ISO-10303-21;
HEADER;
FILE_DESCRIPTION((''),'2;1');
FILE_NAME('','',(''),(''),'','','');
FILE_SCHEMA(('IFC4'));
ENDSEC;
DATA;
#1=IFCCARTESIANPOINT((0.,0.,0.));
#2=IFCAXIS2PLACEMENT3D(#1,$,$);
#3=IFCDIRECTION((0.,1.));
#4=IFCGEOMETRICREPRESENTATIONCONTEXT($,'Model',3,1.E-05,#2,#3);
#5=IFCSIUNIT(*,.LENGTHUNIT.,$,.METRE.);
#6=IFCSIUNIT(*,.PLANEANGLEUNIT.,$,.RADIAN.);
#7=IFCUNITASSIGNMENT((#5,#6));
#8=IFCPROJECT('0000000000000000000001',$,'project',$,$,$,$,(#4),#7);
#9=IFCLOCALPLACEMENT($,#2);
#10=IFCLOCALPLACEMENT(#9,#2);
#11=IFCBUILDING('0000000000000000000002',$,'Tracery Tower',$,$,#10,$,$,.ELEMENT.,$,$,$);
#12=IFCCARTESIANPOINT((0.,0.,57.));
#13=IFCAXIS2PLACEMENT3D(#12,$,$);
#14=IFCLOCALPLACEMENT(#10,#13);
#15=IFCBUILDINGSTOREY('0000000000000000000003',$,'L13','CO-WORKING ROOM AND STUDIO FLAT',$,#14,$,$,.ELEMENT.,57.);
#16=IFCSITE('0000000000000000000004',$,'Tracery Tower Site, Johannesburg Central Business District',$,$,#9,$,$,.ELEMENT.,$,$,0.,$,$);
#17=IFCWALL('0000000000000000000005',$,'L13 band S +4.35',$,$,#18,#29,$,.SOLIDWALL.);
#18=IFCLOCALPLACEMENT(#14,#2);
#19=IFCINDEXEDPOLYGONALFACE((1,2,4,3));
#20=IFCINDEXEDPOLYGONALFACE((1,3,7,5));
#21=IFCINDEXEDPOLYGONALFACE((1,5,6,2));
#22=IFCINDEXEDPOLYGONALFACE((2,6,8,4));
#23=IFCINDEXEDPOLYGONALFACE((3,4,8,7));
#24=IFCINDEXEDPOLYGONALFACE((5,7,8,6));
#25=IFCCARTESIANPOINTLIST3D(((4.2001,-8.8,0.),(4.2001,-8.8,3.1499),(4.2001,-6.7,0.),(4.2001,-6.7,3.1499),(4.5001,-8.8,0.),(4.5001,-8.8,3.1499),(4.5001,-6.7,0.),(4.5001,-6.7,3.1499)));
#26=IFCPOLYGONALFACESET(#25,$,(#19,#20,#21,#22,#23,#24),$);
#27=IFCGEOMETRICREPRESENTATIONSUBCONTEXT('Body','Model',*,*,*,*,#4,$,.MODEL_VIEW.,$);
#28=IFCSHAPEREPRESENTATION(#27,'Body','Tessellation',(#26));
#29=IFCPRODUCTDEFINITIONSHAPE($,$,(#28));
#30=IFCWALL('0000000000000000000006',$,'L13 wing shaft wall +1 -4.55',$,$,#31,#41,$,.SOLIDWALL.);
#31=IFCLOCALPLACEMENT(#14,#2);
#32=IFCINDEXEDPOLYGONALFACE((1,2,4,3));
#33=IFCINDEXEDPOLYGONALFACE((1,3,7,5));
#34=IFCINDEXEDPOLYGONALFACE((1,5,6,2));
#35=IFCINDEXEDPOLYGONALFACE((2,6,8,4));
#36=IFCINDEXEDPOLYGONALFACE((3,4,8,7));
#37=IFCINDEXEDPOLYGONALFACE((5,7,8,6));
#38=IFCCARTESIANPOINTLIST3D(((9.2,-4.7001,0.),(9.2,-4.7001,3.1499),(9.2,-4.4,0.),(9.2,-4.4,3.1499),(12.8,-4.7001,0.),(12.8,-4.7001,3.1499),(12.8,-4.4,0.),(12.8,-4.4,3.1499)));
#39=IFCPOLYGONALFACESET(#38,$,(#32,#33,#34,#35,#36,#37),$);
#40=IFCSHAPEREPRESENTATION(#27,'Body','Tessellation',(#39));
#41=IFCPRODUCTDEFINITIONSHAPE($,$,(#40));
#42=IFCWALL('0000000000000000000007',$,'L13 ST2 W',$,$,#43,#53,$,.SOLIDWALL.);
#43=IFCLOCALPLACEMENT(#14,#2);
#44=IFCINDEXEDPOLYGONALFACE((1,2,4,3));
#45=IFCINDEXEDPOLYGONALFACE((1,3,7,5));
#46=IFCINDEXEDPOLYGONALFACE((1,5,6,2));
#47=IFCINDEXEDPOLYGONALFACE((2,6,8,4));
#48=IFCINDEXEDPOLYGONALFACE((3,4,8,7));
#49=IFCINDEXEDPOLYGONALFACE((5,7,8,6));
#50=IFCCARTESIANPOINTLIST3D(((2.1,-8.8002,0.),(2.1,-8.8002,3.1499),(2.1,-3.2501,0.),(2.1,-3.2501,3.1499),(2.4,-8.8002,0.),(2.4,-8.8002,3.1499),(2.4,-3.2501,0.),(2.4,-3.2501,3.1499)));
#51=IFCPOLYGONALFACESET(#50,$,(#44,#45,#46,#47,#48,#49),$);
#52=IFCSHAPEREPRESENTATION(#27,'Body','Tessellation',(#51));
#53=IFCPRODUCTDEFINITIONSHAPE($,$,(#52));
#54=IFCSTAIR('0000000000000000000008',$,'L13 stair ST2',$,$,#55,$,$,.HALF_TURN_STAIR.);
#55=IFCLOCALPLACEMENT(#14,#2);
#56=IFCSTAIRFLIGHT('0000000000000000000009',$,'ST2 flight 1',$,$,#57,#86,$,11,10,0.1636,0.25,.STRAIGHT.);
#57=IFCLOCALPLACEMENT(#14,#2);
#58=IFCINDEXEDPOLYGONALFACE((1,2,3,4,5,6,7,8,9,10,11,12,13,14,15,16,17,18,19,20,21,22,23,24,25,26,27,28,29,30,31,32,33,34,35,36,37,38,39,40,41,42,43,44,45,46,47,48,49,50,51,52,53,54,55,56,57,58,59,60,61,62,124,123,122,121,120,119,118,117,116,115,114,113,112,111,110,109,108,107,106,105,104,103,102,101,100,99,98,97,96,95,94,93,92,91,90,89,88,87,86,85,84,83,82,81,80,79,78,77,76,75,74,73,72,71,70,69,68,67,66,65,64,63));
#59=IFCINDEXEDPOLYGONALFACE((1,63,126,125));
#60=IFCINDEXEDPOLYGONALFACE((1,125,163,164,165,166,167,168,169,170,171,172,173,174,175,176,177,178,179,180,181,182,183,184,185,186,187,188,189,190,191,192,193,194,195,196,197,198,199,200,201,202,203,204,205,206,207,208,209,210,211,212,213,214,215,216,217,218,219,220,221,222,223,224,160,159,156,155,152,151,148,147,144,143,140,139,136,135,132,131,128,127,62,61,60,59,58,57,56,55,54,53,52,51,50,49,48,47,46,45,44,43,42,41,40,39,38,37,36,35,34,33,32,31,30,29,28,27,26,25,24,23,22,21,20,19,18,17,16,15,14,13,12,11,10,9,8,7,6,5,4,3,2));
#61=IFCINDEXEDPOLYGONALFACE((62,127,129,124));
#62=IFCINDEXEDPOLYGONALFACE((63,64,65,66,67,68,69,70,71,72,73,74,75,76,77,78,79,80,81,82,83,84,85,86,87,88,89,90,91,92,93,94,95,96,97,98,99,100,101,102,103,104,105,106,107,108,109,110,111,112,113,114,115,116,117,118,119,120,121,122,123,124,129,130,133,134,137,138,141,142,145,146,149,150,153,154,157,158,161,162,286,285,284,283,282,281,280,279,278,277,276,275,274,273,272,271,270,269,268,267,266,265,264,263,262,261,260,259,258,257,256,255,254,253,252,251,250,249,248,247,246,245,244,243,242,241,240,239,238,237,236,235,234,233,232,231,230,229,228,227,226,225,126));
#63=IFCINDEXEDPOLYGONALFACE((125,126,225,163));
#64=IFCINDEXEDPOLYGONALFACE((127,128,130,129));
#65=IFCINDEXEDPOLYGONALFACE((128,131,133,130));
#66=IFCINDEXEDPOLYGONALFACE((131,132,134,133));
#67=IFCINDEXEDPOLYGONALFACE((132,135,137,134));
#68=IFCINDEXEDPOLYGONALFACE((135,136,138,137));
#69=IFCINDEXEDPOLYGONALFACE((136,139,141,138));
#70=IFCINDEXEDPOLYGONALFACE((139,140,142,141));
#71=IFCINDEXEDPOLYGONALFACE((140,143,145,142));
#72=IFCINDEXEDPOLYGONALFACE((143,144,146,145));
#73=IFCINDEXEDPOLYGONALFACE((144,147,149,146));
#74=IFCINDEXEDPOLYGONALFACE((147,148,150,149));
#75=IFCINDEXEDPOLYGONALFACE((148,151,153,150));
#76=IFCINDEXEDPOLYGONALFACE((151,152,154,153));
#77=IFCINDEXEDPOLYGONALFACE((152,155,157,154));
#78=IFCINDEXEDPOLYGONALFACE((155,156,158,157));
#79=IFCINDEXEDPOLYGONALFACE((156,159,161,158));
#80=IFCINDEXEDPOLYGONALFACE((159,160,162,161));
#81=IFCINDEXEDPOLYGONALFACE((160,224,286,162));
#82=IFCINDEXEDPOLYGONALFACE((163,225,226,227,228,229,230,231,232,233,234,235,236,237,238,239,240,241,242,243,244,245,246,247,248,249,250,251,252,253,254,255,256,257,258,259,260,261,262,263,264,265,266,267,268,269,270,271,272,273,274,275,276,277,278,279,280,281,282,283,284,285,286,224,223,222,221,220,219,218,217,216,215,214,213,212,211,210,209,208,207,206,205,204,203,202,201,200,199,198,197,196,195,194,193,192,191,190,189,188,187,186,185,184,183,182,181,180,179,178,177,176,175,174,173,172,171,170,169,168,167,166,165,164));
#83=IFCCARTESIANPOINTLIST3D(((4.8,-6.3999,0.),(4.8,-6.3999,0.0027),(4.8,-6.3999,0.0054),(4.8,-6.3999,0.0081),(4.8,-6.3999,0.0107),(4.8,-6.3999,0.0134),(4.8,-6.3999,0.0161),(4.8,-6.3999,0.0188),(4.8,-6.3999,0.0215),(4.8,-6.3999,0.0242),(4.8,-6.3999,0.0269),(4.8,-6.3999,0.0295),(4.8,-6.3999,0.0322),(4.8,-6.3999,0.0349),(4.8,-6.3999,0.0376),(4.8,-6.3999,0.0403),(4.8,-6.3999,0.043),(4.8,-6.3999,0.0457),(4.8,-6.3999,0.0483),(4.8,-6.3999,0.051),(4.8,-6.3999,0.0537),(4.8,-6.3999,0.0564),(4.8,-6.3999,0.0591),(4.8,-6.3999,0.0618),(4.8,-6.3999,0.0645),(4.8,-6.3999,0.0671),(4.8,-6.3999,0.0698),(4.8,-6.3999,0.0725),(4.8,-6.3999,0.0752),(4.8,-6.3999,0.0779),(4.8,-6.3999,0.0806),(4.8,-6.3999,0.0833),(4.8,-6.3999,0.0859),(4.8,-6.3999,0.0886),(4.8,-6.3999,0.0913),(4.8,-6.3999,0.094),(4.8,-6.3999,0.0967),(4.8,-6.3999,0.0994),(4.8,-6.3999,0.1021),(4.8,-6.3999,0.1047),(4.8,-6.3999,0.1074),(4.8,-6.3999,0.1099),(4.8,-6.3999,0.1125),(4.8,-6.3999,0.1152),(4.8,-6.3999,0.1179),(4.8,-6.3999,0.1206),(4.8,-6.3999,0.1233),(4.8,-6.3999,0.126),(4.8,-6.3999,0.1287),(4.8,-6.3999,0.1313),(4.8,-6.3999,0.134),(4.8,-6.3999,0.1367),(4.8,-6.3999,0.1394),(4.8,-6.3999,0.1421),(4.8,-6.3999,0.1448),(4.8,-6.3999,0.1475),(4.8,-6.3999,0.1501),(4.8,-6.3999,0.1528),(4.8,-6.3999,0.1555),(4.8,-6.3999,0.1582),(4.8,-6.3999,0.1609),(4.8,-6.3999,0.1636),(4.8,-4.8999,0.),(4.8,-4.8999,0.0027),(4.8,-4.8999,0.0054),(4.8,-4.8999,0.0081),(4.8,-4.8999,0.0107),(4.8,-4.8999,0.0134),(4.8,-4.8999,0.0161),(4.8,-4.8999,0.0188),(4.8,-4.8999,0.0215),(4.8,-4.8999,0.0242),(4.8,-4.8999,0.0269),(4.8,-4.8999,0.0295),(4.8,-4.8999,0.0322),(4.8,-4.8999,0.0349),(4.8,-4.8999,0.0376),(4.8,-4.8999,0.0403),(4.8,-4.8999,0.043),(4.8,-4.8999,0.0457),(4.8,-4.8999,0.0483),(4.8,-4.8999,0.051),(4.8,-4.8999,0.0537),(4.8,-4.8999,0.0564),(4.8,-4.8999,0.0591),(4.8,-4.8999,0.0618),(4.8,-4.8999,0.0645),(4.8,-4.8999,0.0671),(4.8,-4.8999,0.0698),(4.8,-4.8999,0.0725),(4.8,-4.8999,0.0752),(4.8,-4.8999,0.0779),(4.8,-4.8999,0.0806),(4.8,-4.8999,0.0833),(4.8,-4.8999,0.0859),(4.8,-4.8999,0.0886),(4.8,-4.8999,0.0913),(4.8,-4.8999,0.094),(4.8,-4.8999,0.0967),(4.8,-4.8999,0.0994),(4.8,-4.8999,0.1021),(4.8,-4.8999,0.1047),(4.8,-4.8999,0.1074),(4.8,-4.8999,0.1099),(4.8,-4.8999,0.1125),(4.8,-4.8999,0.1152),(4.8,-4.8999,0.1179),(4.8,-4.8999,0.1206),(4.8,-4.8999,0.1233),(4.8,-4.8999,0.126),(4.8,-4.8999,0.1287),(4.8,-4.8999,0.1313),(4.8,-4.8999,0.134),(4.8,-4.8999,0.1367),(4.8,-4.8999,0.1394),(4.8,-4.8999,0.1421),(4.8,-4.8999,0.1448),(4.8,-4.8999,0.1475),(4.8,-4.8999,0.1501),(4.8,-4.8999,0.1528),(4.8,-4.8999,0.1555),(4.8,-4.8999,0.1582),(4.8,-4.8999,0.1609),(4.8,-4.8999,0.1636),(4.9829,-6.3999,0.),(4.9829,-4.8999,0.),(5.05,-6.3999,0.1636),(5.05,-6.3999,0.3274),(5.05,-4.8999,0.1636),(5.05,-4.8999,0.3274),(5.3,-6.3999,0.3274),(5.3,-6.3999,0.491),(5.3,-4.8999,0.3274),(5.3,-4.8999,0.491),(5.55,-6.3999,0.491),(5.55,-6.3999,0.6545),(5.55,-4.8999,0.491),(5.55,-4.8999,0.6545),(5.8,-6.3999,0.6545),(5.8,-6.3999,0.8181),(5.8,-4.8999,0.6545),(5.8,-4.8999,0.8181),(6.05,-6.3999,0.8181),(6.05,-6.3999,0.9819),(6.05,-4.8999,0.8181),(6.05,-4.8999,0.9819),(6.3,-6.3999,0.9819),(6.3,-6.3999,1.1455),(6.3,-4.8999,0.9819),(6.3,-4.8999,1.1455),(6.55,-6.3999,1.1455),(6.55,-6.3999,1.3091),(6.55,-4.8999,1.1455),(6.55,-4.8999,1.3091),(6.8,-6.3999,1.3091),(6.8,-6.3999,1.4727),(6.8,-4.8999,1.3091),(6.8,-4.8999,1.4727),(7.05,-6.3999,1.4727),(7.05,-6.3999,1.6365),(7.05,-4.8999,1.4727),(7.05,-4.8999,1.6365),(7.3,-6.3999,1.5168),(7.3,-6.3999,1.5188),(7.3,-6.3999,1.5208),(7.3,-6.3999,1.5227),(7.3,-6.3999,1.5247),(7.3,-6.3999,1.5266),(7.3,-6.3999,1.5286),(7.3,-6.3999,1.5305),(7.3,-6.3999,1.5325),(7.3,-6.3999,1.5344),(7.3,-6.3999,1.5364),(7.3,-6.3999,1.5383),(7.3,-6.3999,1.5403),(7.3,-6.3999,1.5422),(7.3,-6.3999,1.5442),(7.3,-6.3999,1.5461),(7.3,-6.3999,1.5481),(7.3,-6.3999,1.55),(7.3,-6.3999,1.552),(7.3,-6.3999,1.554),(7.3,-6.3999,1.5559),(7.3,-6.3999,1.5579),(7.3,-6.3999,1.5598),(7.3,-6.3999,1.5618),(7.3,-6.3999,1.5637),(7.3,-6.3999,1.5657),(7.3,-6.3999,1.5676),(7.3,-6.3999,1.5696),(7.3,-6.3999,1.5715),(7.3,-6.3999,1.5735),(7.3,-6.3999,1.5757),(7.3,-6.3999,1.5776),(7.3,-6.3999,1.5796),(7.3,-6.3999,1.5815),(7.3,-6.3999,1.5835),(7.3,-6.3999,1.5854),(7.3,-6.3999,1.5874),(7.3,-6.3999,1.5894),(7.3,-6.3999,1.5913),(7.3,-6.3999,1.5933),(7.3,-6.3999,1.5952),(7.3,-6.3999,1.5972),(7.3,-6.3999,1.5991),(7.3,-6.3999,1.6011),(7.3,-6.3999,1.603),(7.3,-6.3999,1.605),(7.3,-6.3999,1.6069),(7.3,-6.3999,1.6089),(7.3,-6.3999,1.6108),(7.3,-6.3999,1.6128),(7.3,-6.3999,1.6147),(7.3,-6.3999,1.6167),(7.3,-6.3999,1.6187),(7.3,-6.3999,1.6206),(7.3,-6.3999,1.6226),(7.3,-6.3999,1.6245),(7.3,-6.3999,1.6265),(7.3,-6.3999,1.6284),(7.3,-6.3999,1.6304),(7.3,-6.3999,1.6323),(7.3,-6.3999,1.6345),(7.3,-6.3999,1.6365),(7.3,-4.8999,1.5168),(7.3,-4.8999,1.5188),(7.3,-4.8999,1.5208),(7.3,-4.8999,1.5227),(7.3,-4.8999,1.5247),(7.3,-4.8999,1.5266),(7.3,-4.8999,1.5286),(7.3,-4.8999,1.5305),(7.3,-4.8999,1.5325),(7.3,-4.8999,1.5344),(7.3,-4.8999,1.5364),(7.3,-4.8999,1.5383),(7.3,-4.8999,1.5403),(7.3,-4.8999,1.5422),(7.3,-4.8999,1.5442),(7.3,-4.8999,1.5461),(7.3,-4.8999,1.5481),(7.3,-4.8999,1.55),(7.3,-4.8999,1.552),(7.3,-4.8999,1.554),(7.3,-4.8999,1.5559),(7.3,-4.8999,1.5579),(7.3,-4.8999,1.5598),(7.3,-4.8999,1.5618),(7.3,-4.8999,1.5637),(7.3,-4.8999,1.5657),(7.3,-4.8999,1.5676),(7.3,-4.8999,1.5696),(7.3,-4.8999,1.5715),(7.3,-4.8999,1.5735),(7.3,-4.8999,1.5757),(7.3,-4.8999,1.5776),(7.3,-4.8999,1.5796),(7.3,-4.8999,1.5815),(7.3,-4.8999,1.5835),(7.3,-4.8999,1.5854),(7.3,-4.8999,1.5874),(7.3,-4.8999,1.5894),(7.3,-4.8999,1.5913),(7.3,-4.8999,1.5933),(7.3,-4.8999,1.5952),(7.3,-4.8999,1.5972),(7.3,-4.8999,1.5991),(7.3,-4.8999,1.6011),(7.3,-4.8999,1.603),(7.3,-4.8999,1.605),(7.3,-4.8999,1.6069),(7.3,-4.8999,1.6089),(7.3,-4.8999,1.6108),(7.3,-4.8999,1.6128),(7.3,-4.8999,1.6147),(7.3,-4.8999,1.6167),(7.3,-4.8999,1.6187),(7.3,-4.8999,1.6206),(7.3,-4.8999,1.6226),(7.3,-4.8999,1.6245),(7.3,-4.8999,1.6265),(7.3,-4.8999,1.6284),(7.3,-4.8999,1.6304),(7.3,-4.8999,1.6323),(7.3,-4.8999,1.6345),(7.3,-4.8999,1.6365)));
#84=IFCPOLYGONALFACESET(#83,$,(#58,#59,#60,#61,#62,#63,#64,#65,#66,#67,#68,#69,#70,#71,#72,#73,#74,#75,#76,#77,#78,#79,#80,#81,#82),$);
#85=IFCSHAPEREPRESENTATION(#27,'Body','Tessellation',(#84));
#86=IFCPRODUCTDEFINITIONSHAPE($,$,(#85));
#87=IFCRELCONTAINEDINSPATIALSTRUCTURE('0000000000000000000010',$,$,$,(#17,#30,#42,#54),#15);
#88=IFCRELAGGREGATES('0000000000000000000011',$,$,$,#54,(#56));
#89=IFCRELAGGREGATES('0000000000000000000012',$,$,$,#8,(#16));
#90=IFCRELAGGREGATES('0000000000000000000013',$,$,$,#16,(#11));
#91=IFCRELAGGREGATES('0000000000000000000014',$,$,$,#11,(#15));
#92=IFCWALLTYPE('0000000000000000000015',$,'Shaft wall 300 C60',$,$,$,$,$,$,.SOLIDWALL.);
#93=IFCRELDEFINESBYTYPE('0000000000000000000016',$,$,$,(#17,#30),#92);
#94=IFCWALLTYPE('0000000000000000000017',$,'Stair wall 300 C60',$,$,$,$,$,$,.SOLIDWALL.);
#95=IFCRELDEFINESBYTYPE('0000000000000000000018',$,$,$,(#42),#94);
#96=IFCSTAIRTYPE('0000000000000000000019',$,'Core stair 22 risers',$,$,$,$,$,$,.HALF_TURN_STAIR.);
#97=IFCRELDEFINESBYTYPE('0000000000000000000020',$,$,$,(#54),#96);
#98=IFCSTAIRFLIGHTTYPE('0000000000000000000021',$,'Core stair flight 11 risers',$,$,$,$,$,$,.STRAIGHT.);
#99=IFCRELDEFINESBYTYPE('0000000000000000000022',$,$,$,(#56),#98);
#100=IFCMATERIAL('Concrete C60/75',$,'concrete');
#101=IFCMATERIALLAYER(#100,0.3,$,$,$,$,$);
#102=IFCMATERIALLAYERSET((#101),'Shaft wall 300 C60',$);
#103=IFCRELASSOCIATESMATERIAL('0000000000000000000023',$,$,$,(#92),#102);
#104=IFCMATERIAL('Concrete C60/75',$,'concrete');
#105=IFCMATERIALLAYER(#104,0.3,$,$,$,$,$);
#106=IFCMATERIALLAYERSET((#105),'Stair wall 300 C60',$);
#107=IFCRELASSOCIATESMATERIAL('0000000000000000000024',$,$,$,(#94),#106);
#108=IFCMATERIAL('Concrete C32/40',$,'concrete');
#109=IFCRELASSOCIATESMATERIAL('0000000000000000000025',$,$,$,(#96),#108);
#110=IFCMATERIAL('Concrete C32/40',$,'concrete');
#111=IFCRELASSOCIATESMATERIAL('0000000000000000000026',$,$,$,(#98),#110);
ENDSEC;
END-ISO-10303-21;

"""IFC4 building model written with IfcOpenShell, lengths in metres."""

from ifc_helpers import new_model, si_unit, direction, frame, frame_2d, origin, place, context, subcontext, project, spatial, polyline, rectangle, outline, extrude, material, layer, layer_set, type_object, element, aggregate, save


model = new_model("IFC4")

# Units and contexts
model_context = context("Model", 3, precision=1e-05, world=origin(), true_north=direction((0.0, 1.0)))
body_context = subcontext(model_context, "Body", "Model", "MODEL_VIEW")
ifc_project = project(units=[si_unit("LENGTHUNIT", "METRE"), si_unit("PLANEANGLEUNIT", "RADIAN")], contexts=[model_context])

# Site, building, storey
site_placement = place(None, origin())
site = spatial("IfcSite", under=ifc_project, at=site_placement, Name="Tracery Tower Site, Johannesburg Central Business District", CompositionType="ELEMENT", RefElevation=0.0)
building_placement = place(site_placement, origin())
building = spatial("IfcBuilding", under=site, at=building_placement, Name="Tracery Tower", CompositionType="ELEMENT")
storey_placement = place(building_placement, frame((0.0, 0.0, 57.0)))
storey = spatial("IfcBuildingStorey", under=building, at=storey_placement, Name="L13", Description="CO-WORKING ROOM AND STUDIO FLAT", CompositionType="ELEMENT", Elevation=57.0)

# Walls
ifc_material_1 = material(Name="Concrete C60/75", Category="concrete")
ifc_layer_1 = layer(ifc_material_1, 0.3)
ifc_layer_set_1 = layer_set([ifc_layer_1], Name="Shaft wall 300 C60")
wall_type_1 = type_object("IfcWallType", Name="Shaft wall 300 C60", PredefinedType="SOLIDWALL", material=ifc_layer_set_1)
wall_1_placement = place(storey_placement, frame((4.3501, -8.8, 0.0), z_axis=(0.0, 0.0, 1.0), x_axis=(0.0, 1.0, 0.0)))
element("IfcWall", 1, at=wall_1_placement, inside=storey, type_object=wall_type_1, Name="L13 band S +4.35", PredefinedType="SOLIDWALL", context=body_context, shape_type="SweptSolid", body=[
    extrude(rectangle(XDim=2.1001, YDim=0.3, at=frame_2d((1.05, 0.0))), origin(), (0.0, 0.0, 1.0), 3.1499),
])
wall_2_placement = place(storey_placement, frame((9.2, -4.55, 0.0), z_axis=(0.0, 0.0, 1.0), x_axis=(1.0, 0.0, 0.0)))
element("IfcWall", 2, at=wall_2_placement, inside=storey, type_object=wall_type_1, Name="L13 wing shaft wall +1 -4.55", PredefinedType="SOLIDWALL", context=body_context, shape_type="SweptSolid", body=[
    extrude(rectangle(XDim=3.6001, YDim=0.3, at=frame_2d((1.8, 0.0))), origin(), (0.0, 0.0, 1.0), 3.1499),
])

# Shared definitions
ifc_material_2 = material(Name="Concrete C60/75", Category="concrete")
ifc_layer_2 = layer(ifc_material_2, 0.3)
ifc_layer_set_2 = layer_set([ifc_layer_2], Name="Stair wall 300 C60")
wall_type_2 = type_object("IfcWallType", Name="Stair wall 300 C60", PredefinedType="SOLIDWALL", material=ifc_layer_set_2)

# Wall
wall_3_placement = place(storey_placement, frame((2.25, -8.8, 0.0), z_axis=(0.0, 0.0, 1.0), x_axis=(0.0, 1.0, 0.0)))
element("IfcWall", 3, at=wall_3_placement, inside=storey, type_object=wall_type_2, Name="L13 ST2 W", PredefinedType="SOLIDWALL", context=body_context, shape_type="SweptSolid", body=[
    extrude(rectangle(XDim=5.55, YDim=0.3, at=frame_2d((2.7749, 0.0))), origin(), (0.0, 0.0, 1.0), 3.1499),
])

# Stair, stair flight
ifc_material_3 = material(Name="Concrete C32/40", Category="concrete")
stair_type = type_object("IfcStairType", Name="Core stair 22 risers", PredefinedType="HALF_TURN_STAIR", material=ifc_material_3)
stair_placement = place(storey_placement, origin())
stair = element("IfcStair", 4, at=stair_placement, inside=storey, type_object=stair_type, Name="L13 stair ST2", PredefinedType="HALF_TURN_STAIR")
ifc_material_4 = material(Name="Concrete C32/40", Category="concrete")
stair_flight_type = type_object("IfcStairFlightType", Name="Core stair flight 11 risers", PredefinedType="STRAIGHT", material=ifc_material_4)
stair_flight_1_placement = place(storey_placement, frame((4.8, -5.6499, 0.0), z_axis=(0.0, 0.0, 1.0), x_axis=(1.0, 0.0, 0.0)))
stair_flight_1 = element("IfcStairFlight", 5, at=stair_flight_1_placement, type_object=stair_flight_type, Name="ST2 flight 1", NumberOfRisers=11, NumberOfTreads=10, PredefinedType="STRAIGHT", RiserHeight=0.1636, TreadLength=0.25, context=body_context, shape_type="SweptSolid", body=[
    extrude(outline(polyline([(0.0, 0.0), (0.0, 0.0027), (0.0, 0.0054), (0.0, 0.0081), (0.0, 0.0107), (0.0, 0.0134), (0.0, 0.0161), (0.0, 0.0188), (0.0, 0.0215), (0.0, 0.0242), (0.0, 0.0269), (0.0, 0.0295), (0.0, 0.0322), (0.0, 0.0349), (0.0, 0.0376), (0.0, 0.0403), (0.0, 0.043), (0.0, 0.0457), (0.0, 0.0483), (0.0, 0.051), (0.0, 0.0537), (0.0, 0.0564), (0.0, 0.0591), (0.0, 0.0618), (0.0, 0.0645), (0.0, 0.0671), (0.0, 0.0698), (0.0, 0.0725), (0.0, 0.0752), (0.0, 0.0779), (0.0, 0.0806), (0.0, 0.0833), (0.0, 0.0859), (0.0, 0.0886), (0.0, 0.0913), (0.0, 0.094), (0.0, 0.0967), (0.0, 0.0994), (0.0, 0.1021), (0.0, 0.1047), (0.0, 0.1074), (0.0, 0.1099), (0.0, 0.1125), (0.0, 0.1152), (0.0, 0.1179), (0.0, 0.1206), (0.0, 0.1233), (0.0, 0.126), (0.0, 0.1287), (0.0, 0.1313), (0.0, 0.134), (0.0, 0.1367), (0.0, 0.1394), (0.0, 0.1421), (0.0, 0.1448), (0.0, 0.1475), (0.0, 0.1501), (0.0, 0.1528), (0.0, 0.1555), (0.0, 0.1582), (0.0, 0.1609), (0.0, 0.1636), (0.25, 0.1636), (0.25, 0.3274), (0.5, 0.3274), (0.5, 0.491), (0.75, 0.491), (0.75, 0.6545), (1.0, 0.6545), (1.0, 0.8181), (1.25, 0.8181), (1.25, 0.9819), (1.5, 0.9819), (1.5, 1.1455), (1.75, 1.1455), (1.75, 1.3091), (2.0, 1.3091), (2.0, 1.4727), (2.25, 1.4727), (2.25, 1.6365), (2.5, 1.6365), (2.5, 1.6345), (2.5, 1.6323), (2.5, 1.6304), (2.5, 1.6284), (2.5, 1.6265), (2.5, 1.6245), (2.5, 1.6226), (2.5, 1.6206), (2.5, 1.6187), (2.5, 1.6167), (2.5, 1.6147), (2.5, 1.6128), (2.5, 1.6108), (2.5, 1.6089), (2.5, 1.6069), (2.5, 1.605), (2.5, 1.603), (2.5, 1.6011), (2.5, 1.5991), (2.5, 1.5972), (2.5, 1.5952), (2.5, 1.5933), (2.5, 1.5913), (2.5, 1.5894), (2.5, 1.5874), (2.5, 1.5854), (2.5, 1.5835), (2.5, 1.5815), (2.5, 1.5796), (2.5, 1.5776), (2.5, 1.5757), (2.5, 1.5735), (2.5, 1.5715), (2.5, 1.5696), (2.5, 1.5676), (2.5, 1.5657), (2.5, 1.5637), (2.5, 1.5618), (2.5, 1.5598), (2.5, 1.5579), (2.5, 1.5559), (2.5, 1.554), (2.5, 1.552), (2.5, 1.55), (2.5, 1.5481), (2.5, 1.5461), (2.5, 1.5442), (2.5, 1.5422), (2.5, 1.5403), (2.5, 1.5383), (2.5, 1.5364), (2.5, 1.5344), (2.5, 1.5325), (2.5, 1.5305), (2.5, 1.5286), (2.5, 1.5266), (2.5, 1.5247), (2.5, 1.5227), (2.5, 1.5208), (2.5, 1.5188), (2.5, 1.5168), (0.1829, 0.0), (0.0, 0.0)])), frame((0.0, 0.75, 0.0), z_axis=(0.0, -1.0, 0.0), x_axis=(1.0, 0.0, 0.0)), (0.0, 0.0, 1.0), 1.5),
])
aggregate(stair, [stair_flight_1])

save(model, "model.ifc")
